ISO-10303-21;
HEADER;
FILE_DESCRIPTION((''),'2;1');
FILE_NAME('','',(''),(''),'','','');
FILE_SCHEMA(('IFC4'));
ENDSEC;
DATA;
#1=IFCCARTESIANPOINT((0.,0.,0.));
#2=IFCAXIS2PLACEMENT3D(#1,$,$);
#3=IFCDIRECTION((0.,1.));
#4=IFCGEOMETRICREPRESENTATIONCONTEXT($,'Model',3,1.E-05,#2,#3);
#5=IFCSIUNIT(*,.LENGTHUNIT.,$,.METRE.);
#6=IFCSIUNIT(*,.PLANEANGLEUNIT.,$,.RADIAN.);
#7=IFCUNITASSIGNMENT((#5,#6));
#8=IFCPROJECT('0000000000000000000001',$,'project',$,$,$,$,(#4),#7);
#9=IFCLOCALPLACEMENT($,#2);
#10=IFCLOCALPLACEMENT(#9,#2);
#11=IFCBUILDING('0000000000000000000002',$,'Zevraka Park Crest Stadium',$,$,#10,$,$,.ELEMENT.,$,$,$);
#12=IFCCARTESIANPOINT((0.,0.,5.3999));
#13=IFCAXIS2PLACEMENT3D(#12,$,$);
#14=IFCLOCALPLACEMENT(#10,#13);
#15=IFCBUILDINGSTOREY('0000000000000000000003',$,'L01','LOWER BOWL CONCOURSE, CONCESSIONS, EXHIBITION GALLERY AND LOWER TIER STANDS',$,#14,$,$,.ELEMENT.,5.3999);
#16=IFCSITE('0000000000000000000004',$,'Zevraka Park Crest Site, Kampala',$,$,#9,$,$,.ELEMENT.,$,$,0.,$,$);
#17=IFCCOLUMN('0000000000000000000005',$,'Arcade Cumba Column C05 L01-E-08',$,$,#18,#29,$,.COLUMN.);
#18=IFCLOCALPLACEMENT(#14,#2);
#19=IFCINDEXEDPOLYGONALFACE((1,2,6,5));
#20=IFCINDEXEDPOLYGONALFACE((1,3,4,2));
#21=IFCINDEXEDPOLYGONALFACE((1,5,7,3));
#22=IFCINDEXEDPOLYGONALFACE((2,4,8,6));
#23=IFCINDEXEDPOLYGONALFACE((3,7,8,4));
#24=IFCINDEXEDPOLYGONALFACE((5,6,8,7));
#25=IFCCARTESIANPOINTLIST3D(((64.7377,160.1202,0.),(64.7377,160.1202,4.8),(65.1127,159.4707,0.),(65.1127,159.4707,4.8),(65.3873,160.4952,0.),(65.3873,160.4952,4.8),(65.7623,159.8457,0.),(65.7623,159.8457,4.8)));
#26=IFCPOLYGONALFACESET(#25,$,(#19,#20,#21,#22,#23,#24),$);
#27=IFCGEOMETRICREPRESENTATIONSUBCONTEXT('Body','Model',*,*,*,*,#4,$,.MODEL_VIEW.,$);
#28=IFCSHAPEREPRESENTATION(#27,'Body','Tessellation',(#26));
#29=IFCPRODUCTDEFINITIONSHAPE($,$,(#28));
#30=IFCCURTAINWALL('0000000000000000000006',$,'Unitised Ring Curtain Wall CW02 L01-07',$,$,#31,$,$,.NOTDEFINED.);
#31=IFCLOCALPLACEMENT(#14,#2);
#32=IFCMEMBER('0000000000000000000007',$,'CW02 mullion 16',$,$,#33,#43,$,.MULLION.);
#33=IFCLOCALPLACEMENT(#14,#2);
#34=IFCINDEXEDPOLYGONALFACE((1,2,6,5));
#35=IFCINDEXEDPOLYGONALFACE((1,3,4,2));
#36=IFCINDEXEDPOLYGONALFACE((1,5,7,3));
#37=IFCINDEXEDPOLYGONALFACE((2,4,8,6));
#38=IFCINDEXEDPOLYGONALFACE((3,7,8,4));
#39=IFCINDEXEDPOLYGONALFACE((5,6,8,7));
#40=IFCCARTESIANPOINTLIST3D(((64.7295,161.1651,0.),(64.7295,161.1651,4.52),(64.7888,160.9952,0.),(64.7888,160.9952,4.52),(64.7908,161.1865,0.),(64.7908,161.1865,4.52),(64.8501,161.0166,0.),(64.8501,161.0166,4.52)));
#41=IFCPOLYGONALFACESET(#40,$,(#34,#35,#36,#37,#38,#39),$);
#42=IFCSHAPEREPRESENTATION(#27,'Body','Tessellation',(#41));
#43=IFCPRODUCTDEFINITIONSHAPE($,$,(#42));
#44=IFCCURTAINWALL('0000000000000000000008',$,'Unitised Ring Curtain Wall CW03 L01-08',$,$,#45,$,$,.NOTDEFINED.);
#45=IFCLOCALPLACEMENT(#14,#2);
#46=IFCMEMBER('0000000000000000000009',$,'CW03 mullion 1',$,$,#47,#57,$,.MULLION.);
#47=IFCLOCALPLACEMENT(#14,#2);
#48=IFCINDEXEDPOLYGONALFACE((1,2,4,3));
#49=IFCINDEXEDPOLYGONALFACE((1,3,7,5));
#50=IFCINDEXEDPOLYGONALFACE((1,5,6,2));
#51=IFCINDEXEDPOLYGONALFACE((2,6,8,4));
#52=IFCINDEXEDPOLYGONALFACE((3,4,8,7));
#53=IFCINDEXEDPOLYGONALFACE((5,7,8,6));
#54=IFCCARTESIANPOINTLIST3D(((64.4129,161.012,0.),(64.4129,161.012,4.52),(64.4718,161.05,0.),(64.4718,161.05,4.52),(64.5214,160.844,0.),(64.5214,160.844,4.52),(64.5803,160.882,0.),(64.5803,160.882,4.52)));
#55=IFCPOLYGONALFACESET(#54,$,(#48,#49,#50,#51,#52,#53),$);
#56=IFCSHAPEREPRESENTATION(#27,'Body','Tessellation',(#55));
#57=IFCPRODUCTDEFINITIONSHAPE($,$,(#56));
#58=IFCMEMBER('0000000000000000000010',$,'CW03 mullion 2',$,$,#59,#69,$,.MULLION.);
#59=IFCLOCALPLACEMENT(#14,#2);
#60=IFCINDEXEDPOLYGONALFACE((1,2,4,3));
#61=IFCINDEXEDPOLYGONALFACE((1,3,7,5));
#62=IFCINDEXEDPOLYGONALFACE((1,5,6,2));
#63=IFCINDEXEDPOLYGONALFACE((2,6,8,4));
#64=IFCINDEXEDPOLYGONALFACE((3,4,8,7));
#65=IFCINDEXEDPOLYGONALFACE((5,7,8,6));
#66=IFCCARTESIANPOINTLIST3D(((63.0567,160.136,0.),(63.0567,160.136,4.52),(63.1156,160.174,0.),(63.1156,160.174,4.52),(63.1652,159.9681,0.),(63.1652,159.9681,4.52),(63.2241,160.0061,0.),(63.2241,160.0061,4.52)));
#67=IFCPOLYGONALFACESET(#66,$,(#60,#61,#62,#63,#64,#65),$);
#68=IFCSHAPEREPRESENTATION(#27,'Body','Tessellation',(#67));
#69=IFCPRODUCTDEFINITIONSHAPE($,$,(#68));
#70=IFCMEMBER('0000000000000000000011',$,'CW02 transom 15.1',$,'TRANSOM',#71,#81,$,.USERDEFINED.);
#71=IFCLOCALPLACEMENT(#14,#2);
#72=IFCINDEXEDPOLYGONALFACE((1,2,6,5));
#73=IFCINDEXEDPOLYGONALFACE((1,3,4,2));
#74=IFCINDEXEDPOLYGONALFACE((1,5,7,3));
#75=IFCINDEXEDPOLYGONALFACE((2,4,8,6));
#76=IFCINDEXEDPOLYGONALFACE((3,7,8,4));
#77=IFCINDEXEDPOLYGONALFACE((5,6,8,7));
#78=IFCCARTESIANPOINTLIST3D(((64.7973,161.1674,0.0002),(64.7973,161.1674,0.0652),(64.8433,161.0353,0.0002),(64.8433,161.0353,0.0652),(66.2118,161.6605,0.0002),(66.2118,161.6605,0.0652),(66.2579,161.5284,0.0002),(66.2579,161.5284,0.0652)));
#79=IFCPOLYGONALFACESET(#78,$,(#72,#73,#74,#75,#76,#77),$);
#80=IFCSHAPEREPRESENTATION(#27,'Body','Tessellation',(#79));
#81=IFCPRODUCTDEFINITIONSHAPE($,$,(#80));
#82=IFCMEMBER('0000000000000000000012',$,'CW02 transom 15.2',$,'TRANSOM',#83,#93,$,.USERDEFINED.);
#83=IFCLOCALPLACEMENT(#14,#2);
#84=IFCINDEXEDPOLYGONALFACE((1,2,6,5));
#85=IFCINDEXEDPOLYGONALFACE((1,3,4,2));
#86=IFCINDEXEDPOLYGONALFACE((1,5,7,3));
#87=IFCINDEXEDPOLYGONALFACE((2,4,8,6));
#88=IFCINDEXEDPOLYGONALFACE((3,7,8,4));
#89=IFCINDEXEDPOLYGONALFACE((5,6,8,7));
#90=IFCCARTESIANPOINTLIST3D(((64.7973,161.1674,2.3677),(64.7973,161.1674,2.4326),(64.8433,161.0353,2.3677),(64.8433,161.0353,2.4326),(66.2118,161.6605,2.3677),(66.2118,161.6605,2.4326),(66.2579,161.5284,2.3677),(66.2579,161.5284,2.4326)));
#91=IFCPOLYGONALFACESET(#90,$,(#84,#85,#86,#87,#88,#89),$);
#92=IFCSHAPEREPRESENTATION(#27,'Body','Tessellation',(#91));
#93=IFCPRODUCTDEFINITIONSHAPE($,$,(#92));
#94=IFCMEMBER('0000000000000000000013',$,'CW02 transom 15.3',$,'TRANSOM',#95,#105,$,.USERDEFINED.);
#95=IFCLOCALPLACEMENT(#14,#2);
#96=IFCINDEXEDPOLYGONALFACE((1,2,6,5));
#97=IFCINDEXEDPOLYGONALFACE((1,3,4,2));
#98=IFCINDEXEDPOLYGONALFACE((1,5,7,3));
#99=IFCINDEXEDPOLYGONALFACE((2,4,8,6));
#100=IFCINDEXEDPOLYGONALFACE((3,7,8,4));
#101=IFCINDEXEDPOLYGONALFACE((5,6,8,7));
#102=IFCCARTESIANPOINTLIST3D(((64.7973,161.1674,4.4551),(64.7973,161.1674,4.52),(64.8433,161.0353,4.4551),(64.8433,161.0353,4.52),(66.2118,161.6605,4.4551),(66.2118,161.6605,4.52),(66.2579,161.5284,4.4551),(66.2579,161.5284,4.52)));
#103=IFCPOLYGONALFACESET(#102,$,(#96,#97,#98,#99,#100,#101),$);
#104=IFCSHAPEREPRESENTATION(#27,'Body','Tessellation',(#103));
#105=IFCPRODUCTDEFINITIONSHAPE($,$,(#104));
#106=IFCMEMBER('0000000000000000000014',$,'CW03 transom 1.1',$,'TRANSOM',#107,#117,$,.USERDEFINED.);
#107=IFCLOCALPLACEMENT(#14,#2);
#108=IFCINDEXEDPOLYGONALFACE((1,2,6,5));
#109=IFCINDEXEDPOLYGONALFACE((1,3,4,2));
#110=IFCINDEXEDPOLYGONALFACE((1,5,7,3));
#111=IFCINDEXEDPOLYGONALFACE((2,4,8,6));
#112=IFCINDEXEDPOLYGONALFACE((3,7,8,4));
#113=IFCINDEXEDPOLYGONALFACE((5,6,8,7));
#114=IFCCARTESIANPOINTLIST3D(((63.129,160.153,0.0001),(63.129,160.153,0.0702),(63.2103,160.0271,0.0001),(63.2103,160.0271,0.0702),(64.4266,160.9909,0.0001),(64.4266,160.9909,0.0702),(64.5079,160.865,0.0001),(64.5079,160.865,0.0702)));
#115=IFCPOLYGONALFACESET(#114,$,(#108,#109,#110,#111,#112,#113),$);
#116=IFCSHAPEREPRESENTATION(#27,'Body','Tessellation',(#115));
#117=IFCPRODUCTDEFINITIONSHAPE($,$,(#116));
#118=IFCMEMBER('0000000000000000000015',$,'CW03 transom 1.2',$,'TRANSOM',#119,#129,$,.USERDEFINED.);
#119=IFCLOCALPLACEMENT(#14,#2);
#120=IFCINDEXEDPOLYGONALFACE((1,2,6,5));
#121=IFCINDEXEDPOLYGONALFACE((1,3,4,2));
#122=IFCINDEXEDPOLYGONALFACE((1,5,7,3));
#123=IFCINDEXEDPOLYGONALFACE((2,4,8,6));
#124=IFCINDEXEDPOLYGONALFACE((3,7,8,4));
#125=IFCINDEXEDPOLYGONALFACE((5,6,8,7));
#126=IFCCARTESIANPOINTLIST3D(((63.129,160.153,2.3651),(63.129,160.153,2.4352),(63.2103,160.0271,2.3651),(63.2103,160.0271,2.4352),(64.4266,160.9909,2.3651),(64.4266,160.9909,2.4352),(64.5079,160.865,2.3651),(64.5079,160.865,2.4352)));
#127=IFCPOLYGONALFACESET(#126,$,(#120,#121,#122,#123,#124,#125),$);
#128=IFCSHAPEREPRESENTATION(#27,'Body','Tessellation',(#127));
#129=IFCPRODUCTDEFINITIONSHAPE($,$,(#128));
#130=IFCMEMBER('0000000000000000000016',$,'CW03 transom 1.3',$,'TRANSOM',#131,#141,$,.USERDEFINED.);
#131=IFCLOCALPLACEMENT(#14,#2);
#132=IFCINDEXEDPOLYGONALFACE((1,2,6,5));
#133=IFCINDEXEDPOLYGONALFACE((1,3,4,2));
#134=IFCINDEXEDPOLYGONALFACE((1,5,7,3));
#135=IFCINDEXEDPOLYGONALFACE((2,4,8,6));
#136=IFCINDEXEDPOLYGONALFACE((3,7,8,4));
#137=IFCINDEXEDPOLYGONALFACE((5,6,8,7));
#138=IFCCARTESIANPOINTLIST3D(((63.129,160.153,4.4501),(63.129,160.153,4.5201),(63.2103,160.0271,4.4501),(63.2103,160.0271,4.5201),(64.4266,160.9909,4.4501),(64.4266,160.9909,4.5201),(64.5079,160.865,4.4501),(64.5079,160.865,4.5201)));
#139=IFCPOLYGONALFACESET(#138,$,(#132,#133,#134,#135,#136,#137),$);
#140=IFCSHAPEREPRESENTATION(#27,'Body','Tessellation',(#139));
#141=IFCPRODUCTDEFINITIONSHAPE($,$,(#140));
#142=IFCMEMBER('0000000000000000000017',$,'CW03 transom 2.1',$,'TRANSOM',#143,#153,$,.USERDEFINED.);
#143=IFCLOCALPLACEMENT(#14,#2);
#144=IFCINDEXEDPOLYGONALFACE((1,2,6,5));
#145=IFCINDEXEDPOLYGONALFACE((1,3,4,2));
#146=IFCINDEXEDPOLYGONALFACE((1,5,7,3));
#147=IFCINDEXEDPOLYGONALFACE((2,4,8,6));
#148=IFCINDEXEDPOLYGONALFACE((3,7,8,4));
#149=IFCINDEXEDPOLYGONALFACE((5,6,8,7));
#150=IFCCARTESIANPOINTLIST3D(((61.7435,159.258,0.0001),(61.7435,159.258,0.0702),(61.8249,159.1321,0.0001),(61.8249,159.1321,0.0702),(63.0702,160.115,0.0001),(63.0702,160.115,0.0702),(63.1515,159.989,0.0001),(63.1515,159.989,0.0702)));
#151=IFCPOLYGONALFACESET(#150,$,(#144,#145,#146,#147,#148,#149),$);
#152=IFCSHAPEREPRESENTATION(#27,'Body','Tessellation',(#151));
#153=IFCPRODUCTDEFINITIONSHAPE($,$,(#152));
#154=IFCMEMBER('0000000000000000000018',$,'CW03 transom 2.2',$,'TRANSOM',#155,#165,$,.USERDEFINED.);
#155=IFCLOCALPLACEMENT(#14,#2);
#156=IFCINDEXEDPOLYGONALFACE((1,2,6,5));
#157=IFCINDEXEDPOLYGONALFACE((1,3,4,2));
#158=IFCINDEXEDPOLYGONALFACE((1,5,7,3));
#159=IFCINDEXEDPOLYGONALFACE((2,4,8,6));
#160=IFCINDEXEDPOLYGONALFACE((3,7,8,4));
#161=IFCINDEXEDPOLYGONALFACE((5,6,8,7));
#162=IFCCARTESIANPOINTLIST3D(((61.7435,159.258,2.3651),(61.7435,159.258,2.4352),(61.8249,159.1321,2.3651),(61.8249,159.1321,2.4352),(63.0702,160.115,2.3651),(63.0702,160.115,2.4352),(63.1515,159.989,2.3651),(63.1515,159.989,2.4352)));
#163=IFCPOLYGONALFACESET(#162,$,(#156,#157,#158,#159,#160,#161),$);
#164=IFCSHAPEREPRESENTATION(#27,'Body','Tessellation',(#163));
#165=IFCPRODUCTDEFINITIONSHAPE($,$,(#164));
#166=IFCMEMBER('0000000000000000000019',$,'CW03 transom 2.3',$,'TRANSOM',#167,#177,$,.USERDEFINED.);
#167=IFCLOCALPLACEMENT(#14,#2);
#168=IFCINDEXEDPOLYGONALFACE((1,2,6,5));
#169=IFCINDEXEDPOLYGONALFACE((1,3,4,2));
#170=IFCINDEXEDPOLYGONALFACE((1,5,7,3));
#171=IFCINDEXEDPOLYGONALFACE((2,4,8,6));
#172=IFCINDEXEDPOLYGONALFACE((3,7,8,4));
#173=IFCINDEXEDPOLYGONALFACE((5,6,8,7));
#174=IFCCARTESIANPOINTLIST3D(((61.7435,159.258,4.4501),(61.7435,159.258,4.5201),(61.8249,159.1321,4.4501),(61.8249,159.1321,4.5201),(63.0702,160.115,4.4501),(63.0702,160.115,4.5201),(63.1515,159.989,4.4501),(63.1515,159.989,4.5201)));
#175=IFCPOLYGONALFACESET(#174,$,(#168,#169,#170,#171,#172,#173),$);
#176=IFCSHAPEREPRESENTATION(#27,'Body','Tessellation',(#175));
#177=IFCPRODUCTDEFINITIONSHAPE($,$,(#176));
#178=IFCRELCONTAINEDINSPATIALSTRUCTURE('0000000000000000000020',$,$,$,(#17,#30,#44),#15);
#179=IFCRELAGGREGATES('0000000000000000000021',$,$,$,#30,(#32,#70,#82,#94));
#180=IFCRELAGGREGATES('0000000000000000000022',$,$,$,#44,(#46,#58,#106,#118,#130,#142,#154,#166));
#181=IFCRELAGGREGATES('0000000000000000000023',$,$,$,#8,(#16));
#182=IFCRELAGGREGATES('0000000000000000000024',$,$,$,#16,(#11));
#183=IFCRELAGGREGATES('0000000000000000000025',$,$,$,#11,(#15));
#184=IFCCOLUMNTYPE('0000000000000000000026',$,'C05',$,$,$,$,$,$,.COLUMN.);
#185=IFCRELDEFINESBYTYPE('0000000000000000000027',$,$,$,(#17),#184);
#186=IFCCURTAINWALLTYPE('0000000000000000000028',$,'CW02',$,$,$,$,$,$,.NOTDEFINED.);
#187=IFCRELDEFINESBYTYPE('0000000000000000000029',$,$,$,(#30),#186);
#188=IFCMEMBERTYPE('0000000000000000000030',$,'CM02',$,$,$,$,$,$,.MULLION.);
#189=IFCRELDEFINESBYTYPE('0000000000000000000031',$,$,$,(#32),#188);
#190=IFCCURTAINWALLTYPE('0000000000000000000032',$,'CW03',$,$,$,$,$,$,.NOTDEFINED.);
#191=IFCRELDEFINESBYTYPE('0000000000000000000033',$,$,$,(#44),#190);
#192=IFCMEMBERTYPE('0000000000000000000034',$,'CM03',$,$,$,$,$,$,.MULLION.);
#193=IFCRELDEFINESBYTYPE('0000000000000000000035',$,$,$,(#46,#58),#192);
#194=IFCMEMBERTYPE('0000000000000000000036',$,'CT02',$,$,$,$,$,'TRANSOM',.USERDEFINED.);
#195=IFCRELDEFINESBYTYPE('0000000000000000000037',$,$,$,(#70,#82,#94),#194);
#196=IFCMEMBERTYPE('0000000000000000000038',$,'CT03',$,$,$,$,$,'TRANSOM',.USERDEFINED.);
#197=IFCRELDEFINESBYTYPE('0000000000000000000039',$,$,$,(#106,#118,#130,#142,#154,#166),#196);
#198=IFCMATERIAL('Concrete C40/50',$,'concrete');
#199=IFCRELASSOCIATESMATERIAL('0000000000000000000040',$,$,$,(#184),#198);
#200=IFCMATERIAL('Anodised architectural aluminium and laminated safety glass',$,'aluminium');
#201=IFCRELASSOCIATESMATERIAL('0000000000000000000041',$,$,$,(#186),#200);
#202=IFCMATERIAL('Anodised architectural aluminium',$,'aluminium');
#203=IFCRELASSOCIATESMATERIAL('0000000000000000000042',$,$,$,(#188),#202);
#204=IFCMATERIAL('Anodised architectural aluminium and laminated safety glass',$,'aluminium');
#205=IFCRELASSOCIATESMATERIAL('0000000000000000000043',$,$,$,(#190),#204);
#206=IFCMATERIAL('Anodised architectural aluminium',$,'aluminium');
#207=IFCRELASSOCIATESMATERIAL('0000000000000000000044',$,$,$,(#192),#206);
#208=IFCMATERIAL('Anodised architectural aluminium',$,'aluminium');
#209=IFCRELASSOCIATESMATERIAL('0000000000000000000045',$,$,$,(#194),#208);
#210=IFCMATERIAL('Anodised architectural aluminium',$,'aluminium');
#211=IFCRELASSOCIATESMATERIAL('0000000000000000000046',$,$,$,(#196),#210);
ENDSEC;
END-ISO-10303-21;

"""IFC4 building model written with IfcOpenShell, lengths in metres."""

from ifc_helpers import new_model, si_unit, direction, frame, origin, origin_2d, place, context, subcontext, project, spatial, rectangle, extrude, material, material_profile, profile_set, type_object, element, aggregate, save


model = new_model("IFC4")

# Units and contexts
model_context = context("Model", 3, precision=1e-05, world=origin(), true_north=direction((0.0, 1.0)))
body_context = subcontext(model_context, "Body", "Model", "MODEL_VIEW")
ifc_project = project(units=[si_unit("LENGTHUNIT", "METRE"), si_unit("PLANEANGLEUNIT", "RADIAN")], contexts=[model_context])

# Site, building, storey
site_placement = place(None, origin())
site = spatial("IfcSite", under=ifc_project, at=site_placement, Name="Zevraka Park Crest Site, Kampala", CompositionType="ELEMENT", RefElevation=0.0)
building_placement = place(site_placement, origin())
building = spatial("IfcBuilding", under=site, at=building_placement, Name="Zevraka Park Crest Stadium", CompositionType="ELEMENT")
storey_placement = place(building_placement, frame((0.0, 0.0, 5.3999)))
storey = spatial("IfcBuildingStorey", under=building, at=storey_placement, Name="L01", Description="LOWER BOWL CONCOURSE, CONCESSIONS, EXHIBITION GALLERY AND LOWER TIER STANDS", CompositionType="ELEMENT", Elevation=5.3999)

# Column
ifc_material_1 = material(Name="Concrete C40/50", Category="concrete")
ifc_material_profile_1 = material_profile(ifc_material_1, rectangle(XDim=0.75, YDim=0.75, at=origin_2d()), Name="RC 750x750")
ifc_profile_set_1 = profile_set([ifc_material_profile_1], Name="Concrete C40/50")
column_type = type_object("IfcColumnType", Name="C05", PredefinedType="COLUMN", material=ifc_profile_set_1)
column_placement = place(storey_placement, frame((65.25, 159.9829, 0.0), z_axis=(0.0, 0.0, 1.0), x_axis=(-0.5, 0.866025, 0.0)))
element("IfcColumn", 1, at=column_placement, inside=storey, type_object=column_type, Name="Arcade Cumba Column C05 L01-E-08", PredefinedType="COLUMN", context=body_context, shape_type="SweptSolid", body=[
    extrude(rectangle(XDim=0.75, YDim=0.75, at=origin_2d()), origin(), (0.0, 0.0, 1.0), 4.8),
])

# Curtain wall, member
ifc_material_2 = material(Name="Anodised architectural aluminium and laminated safety glass", Category="aluminium")
curtain_wall_type_1 = type_object("IfcCurtainWallType", Name="CW02", PredefinedType="NOTDEFINED", material=ifc_material_2)
curtain_wall_1_placement = place(storey_placement, origin())
curtain_wall_1 = element("IfcCurtainWall", 2, at=curtain_wall_1_placement, inside=storey, type_object=curtain_wall_type_1, Name="Unitised Ring Curtain Wall CW02 L01-07", PredefinedType="NOTDEFINED")
ifc_material_3 = material(Name="Anodised architectural aluminium", Category="aluminium")
ifc_material_profile_2 = material_profile(ifc_material_3, rectangle(XDim=0.1799, YDim=0.0649, at=origin_2d()), Name="ALU MULLION 180x65")
ifc_profile_set_2 = profile_set([ifc_material_profile_2], Name="Anodised architectural aluminium")
member_type_1 = type_object("IfcMemberType", Name="CM02", PredefinedType="MULLION", material=ifc_profile_set_2)
member_1_placement = place(storey_placement, frame((64.7898, 161.0908, 0.0), z_axis=(0.0, 0.0, 1.0), x_axis=(0.329209, -0.944257, 0.0)))
member_1 = element("IfcMember", 3, at=member_1_placement, type_object=member_type_1, Name="CW02 mullion 16", PredefinedType="MULLION", context=body_context, shape_type="SweptSolid", body=[
    extrude(rectangle(XDim=0.1799, YDim=0.0649, at=origin_2d()), origin(), (0.0, 0.0, 1.0), 4.52),
])

# Curtain wall, members
ifc_material_4 = material(Name="Anodised architectural aluminium and laminated safety glass", Category="aluminium")
curtain_wall_type_2 = type_object("IfcCurtainWallType", Name="CW03", PredefinedType="NOTDEFINED", material=ifc_material_4)
curtain_wall_2_placement = place(storey_placement, origin())
curtain_wall_2 = element("IfcCurtainWall", 4, at=curtain_wall_2_placement, inside=storey, type_object=curtain_wall_type_2, Name="Unitised Ring Curtain Wall CW03 L01-08", PredefinedType="NOTDEFINED")
ifc_material_5 = material(Name="Anodised architectural aluminium", Category="aluminium")
ifc_material_profile_3 = material_profile(ifc_material_5, rectangle(XDim=0.2, YDim=0.0701, at=origin_2d()), Name="ALU MULLION 200x70")
ifc_profile_set_3 = profile_set([ifc_material_profile_3], Name="Anodised architectural aluminium")
member_type_2 = type_object("IfcMemberType", Name="CM03", PredefinedType="MULLION", material=ifc_profile_set_3)
member_2_placement = place(storey_placement, frame((64.4966, 160.947, 0.0), z_axis=(0.0, 0.0, 1.0), x_axis=(0.542571, -0.84001, 0.0)))
member_2 = element("IfcMember", 5, at=member_2_placement, type_object=member_type_2, Name="CW03 mullion 1", PredefinedType="MULLION", context=body_context, shape_type="SweptSolid", body=[
    extrude(rectangle(XDim=0.2, YDim=0.0701, at=origin_2d()), origin(), (0.0, 0.0, 1.0), 4.52),
])
member_3_placement = place(storey_placement, frame((63.1404, 160.071, 0.0), z_axis=(0.0, 0.0, 1.0), x_axis=(0.542571, -0.84001, 0.0)))
member_3 = element("IfcMember", 6, at=member_3_placement, type_object=member_type_2, Name="CW03 mullion 2", PredefinedType="MULLION", context=body_context, shape_type="SweptSolid", body=[
    extrude(rectangle(XDim=0.2, YDim=0.0701, at=origin_2d()), origin(), (0.0, 0.0, 1.0), 4.52),
])

# Members
ifc_material_6 = material(Name="Anodised architectural aluminium", Category="aluminium")
ifc_material_profile_4 = material_profile(ifc_material_6, rectangle(XDim=0.1399, YDim=0.0649, at=origin_2d()), Name="ALU TRANSOM 140x65")
ifc_profile_set_4 = profile_set([ifc_material_profile_4], Name="Anodised architectural aluminium")
member_type_3 = type_object("IfcMemberType", Name="CT02", ElementType="TRANSOM", PredefinedType="USERDEFINED", material=ifc_profile_set_4)
member_4_placement = place(storey_placement, frame((66.2349, 161.5945, 0.0327), z_axis=(-0.944259, -0.329203, 0.0), x_axis=(0.329203, -0.944259, 0.0)))
member_4 = element("IfcMember", 7, at=member_4_placement, type_object=member_type_3, Name="CW02 transom 15.1", ObjectType="TRANSOM", PredefinedType="USERDEFINED", context=body_context, shape_type="SweptSolid", body=[
    extrude(rectangle(XDim=0.1399, YDim=0.0649, at=origin_2d()), origin(), (0.0, 0.0, 1.0), 1.498),
])
member_5_placement = place(storey_placement, frame((66.2349, 161.5945, 2.4001), z_axis=(-0.944259, -0.329203, 0.0), x_axis=(0.329203, -0.944259, 0.0)))
member_5 = element("IfcMember", 8, at=member_5_placement, type_object=member_type_3, Name="CW02 transom 15.2", ObjectType="TRANSOM", PredefinedType="USERDEFINED", context=body_context, shape_type="SweptSolid", body=[
    extrude(rectangle(XDim=0.1399, YDim=0.0649, at=origin_2d()), origin(), (0.0, 0.0, 1.0), 1.498),
])
member_6_placement = place(storey_placement, frame((66.2349, 161.5945, 4.4875), z_axis=(-0.944259, -0.329203, 0.0), x_axis=(0.329203, -0.944259, 0.0)))
member_6 = element("IfcMember", 9, at=member_6_placement, type_object=member_type_3, Name="CW02 transom 15.3", ObjectType="TRANSOM", PredefinedType="USERDEFINED", context=body_context, shape_type="SweptSolid", body=[
    extrude(rectangle(XDim=0.1399, YDim=0.0649, at=origin_2d()), origin(), (0.0, 0.0, 1.0), 1.498),
])
ifc_material_7 = material(Name="Anodised architectural aluminium", Category="aluminium")
ifc_material_profile_5 = material_profile(ifc_material_7, rectangle(XDim=0.1499, YDim=0.0701, at=origin_2d()), Name="ALU TRANSOM 150x70")
ifc_profile_set_5 = profile_set([ifc_material_profile_5], Name="Anodised architectural aluminium")
member_type_4 = type_object("IfcMemberType", Name="CT03", ElementType="TRANSOM", PredefinedType="USERDEFINED", material=ifc_profile_set_5)
member_7_placement = place(storey_placement, frame((64.4673, 160.928, 0.0352), z_axis=(-0.840083, -0.542458, 0.0), x_axis=(0.542458, -0.840083, 0.0)))
member_7 = element("IfcMember", 10, at=member_7_placement, type_object=member_type_4, Name="CW03 transom 1.1", ObjectType="TRANSOM", PredefinedType="USERDEFINED", context=body_context, shape_type="SweptSolid", body=[
    extrude(rectangle(XDim=0.1499, YDim=0.0701, at=origin_2d()), origin(), (0.0, 0.0, 1.0), 1.5447),
])
member_8_placement = place(storey_placement, frame((64.4673, 160.928, 2.4001), z_axis=(-0.840083, -0.542458, 0.0), x_axis=(0.542458, -0.840083, 0.0)))
member_8 = element("IfcMember", 11, at=member_8_placement, type_object=member_type_4, Name="CW03 transom 1.2", ObjectType="TRANSOM", PredefinedType="USERDEFINED", context=body_context, shape_type="SweptSolid", body=[
    extrude(rectangle(XDim=0.1499, YDim=0.0701, at=origin_2d()), origin(), (0.0, 0.0, 1.0), 1.5447),
])
member_9_placement = place(storey_placement, frame((64.4673, 160.928, 4.4851), z_axis=(-0.840083, -0.542458, 0.0), x_axis=(0.542458, -0.840083, 0.0)))
member_9 = element("IfcMember", 12, at=member_9_placement, type_object=member_type_4, Name="CW03 transom 1.3", ObjectType="TRANSOM", PredefinedType="USERDEFINED", context=body_context, shape_type="SweptSolid", body=[
    extrude(rectangle(XDim=0.1499, YDim=0.0701, at=origin_2d()), origin(), (0.0, 0.0, 1.0), 1.5447),
])
member_10_placement = place(storey_placement, frame((63.1108, 160.052, 0.0352), z_axis=(-0.840001, -0.542585, 0.0), x_axis=(0.542585, -0.840001, 0.0)))
member_10 = element("IfcMember", 13, at=member_10_placement, type_object=member_type_4, Name="CW03 transom 2.1", ObjectType="TRANSOM", PredefinedType="USERDEFINED", context=body_context, shape_type="SweptSolid", body=[
    extrude(rectangle(XDim=0.1499, YDim=0.0701, at=origin_2d()), origin(), (0.0, 0.0, 1.0), 1.5793),
])
member_11_placement = place(storey_placement, frame((63.1108, 160.052, 2.4001), z_axis=(-0.840001, -0.542585, 0.0), x_axis=(0.542585, -0.840001, 0.0)))
member_11 = element("IfcMember", 14, at=member_11_placement, type_object=member_type_4, Name="CW03 transom 2.2", ObjectType="TRANSOM", PredefinedType="USERDEFINED", context=body_context, shape_type="SweptSolid", body=[
    extrude(rectangle(XDim=0.1499, YDim=0.0701, at=origin_2d()), origin(), (0.0, 0.0, 1.0), 1.5793),
])
member_12_placement = place(storey_placement, frame((63.1108, 160.052, 4.4851), z_axis=(-0.840001, -0.542585, 0.0), x_axis=(0.542585, -0.840001, 0.0)))
member_12 = element("IfcMember", 15, at=member_12_placement, type_object=member_type_4, Name="CW03 transom 2.3", ObjectType="TRANSOM", PredefinedType="USERDEFINED", context=body_context, shape_type="SweptSolid", body=[
    extrude(rectangle(XDim=0.1499, YDim=0.0701, at=origin_2d()), origin(), (0.0, 0.0, 1.0), 1.5793),
])

aggregate(curtain_wall_1, [member_1, member_4, member_5, member_6])
aggregate(curtain_wall_2, [member_2, member_3, member_7, member_8, member_9, member_10, member_11, member_12])

save(model, "model.ifc")
